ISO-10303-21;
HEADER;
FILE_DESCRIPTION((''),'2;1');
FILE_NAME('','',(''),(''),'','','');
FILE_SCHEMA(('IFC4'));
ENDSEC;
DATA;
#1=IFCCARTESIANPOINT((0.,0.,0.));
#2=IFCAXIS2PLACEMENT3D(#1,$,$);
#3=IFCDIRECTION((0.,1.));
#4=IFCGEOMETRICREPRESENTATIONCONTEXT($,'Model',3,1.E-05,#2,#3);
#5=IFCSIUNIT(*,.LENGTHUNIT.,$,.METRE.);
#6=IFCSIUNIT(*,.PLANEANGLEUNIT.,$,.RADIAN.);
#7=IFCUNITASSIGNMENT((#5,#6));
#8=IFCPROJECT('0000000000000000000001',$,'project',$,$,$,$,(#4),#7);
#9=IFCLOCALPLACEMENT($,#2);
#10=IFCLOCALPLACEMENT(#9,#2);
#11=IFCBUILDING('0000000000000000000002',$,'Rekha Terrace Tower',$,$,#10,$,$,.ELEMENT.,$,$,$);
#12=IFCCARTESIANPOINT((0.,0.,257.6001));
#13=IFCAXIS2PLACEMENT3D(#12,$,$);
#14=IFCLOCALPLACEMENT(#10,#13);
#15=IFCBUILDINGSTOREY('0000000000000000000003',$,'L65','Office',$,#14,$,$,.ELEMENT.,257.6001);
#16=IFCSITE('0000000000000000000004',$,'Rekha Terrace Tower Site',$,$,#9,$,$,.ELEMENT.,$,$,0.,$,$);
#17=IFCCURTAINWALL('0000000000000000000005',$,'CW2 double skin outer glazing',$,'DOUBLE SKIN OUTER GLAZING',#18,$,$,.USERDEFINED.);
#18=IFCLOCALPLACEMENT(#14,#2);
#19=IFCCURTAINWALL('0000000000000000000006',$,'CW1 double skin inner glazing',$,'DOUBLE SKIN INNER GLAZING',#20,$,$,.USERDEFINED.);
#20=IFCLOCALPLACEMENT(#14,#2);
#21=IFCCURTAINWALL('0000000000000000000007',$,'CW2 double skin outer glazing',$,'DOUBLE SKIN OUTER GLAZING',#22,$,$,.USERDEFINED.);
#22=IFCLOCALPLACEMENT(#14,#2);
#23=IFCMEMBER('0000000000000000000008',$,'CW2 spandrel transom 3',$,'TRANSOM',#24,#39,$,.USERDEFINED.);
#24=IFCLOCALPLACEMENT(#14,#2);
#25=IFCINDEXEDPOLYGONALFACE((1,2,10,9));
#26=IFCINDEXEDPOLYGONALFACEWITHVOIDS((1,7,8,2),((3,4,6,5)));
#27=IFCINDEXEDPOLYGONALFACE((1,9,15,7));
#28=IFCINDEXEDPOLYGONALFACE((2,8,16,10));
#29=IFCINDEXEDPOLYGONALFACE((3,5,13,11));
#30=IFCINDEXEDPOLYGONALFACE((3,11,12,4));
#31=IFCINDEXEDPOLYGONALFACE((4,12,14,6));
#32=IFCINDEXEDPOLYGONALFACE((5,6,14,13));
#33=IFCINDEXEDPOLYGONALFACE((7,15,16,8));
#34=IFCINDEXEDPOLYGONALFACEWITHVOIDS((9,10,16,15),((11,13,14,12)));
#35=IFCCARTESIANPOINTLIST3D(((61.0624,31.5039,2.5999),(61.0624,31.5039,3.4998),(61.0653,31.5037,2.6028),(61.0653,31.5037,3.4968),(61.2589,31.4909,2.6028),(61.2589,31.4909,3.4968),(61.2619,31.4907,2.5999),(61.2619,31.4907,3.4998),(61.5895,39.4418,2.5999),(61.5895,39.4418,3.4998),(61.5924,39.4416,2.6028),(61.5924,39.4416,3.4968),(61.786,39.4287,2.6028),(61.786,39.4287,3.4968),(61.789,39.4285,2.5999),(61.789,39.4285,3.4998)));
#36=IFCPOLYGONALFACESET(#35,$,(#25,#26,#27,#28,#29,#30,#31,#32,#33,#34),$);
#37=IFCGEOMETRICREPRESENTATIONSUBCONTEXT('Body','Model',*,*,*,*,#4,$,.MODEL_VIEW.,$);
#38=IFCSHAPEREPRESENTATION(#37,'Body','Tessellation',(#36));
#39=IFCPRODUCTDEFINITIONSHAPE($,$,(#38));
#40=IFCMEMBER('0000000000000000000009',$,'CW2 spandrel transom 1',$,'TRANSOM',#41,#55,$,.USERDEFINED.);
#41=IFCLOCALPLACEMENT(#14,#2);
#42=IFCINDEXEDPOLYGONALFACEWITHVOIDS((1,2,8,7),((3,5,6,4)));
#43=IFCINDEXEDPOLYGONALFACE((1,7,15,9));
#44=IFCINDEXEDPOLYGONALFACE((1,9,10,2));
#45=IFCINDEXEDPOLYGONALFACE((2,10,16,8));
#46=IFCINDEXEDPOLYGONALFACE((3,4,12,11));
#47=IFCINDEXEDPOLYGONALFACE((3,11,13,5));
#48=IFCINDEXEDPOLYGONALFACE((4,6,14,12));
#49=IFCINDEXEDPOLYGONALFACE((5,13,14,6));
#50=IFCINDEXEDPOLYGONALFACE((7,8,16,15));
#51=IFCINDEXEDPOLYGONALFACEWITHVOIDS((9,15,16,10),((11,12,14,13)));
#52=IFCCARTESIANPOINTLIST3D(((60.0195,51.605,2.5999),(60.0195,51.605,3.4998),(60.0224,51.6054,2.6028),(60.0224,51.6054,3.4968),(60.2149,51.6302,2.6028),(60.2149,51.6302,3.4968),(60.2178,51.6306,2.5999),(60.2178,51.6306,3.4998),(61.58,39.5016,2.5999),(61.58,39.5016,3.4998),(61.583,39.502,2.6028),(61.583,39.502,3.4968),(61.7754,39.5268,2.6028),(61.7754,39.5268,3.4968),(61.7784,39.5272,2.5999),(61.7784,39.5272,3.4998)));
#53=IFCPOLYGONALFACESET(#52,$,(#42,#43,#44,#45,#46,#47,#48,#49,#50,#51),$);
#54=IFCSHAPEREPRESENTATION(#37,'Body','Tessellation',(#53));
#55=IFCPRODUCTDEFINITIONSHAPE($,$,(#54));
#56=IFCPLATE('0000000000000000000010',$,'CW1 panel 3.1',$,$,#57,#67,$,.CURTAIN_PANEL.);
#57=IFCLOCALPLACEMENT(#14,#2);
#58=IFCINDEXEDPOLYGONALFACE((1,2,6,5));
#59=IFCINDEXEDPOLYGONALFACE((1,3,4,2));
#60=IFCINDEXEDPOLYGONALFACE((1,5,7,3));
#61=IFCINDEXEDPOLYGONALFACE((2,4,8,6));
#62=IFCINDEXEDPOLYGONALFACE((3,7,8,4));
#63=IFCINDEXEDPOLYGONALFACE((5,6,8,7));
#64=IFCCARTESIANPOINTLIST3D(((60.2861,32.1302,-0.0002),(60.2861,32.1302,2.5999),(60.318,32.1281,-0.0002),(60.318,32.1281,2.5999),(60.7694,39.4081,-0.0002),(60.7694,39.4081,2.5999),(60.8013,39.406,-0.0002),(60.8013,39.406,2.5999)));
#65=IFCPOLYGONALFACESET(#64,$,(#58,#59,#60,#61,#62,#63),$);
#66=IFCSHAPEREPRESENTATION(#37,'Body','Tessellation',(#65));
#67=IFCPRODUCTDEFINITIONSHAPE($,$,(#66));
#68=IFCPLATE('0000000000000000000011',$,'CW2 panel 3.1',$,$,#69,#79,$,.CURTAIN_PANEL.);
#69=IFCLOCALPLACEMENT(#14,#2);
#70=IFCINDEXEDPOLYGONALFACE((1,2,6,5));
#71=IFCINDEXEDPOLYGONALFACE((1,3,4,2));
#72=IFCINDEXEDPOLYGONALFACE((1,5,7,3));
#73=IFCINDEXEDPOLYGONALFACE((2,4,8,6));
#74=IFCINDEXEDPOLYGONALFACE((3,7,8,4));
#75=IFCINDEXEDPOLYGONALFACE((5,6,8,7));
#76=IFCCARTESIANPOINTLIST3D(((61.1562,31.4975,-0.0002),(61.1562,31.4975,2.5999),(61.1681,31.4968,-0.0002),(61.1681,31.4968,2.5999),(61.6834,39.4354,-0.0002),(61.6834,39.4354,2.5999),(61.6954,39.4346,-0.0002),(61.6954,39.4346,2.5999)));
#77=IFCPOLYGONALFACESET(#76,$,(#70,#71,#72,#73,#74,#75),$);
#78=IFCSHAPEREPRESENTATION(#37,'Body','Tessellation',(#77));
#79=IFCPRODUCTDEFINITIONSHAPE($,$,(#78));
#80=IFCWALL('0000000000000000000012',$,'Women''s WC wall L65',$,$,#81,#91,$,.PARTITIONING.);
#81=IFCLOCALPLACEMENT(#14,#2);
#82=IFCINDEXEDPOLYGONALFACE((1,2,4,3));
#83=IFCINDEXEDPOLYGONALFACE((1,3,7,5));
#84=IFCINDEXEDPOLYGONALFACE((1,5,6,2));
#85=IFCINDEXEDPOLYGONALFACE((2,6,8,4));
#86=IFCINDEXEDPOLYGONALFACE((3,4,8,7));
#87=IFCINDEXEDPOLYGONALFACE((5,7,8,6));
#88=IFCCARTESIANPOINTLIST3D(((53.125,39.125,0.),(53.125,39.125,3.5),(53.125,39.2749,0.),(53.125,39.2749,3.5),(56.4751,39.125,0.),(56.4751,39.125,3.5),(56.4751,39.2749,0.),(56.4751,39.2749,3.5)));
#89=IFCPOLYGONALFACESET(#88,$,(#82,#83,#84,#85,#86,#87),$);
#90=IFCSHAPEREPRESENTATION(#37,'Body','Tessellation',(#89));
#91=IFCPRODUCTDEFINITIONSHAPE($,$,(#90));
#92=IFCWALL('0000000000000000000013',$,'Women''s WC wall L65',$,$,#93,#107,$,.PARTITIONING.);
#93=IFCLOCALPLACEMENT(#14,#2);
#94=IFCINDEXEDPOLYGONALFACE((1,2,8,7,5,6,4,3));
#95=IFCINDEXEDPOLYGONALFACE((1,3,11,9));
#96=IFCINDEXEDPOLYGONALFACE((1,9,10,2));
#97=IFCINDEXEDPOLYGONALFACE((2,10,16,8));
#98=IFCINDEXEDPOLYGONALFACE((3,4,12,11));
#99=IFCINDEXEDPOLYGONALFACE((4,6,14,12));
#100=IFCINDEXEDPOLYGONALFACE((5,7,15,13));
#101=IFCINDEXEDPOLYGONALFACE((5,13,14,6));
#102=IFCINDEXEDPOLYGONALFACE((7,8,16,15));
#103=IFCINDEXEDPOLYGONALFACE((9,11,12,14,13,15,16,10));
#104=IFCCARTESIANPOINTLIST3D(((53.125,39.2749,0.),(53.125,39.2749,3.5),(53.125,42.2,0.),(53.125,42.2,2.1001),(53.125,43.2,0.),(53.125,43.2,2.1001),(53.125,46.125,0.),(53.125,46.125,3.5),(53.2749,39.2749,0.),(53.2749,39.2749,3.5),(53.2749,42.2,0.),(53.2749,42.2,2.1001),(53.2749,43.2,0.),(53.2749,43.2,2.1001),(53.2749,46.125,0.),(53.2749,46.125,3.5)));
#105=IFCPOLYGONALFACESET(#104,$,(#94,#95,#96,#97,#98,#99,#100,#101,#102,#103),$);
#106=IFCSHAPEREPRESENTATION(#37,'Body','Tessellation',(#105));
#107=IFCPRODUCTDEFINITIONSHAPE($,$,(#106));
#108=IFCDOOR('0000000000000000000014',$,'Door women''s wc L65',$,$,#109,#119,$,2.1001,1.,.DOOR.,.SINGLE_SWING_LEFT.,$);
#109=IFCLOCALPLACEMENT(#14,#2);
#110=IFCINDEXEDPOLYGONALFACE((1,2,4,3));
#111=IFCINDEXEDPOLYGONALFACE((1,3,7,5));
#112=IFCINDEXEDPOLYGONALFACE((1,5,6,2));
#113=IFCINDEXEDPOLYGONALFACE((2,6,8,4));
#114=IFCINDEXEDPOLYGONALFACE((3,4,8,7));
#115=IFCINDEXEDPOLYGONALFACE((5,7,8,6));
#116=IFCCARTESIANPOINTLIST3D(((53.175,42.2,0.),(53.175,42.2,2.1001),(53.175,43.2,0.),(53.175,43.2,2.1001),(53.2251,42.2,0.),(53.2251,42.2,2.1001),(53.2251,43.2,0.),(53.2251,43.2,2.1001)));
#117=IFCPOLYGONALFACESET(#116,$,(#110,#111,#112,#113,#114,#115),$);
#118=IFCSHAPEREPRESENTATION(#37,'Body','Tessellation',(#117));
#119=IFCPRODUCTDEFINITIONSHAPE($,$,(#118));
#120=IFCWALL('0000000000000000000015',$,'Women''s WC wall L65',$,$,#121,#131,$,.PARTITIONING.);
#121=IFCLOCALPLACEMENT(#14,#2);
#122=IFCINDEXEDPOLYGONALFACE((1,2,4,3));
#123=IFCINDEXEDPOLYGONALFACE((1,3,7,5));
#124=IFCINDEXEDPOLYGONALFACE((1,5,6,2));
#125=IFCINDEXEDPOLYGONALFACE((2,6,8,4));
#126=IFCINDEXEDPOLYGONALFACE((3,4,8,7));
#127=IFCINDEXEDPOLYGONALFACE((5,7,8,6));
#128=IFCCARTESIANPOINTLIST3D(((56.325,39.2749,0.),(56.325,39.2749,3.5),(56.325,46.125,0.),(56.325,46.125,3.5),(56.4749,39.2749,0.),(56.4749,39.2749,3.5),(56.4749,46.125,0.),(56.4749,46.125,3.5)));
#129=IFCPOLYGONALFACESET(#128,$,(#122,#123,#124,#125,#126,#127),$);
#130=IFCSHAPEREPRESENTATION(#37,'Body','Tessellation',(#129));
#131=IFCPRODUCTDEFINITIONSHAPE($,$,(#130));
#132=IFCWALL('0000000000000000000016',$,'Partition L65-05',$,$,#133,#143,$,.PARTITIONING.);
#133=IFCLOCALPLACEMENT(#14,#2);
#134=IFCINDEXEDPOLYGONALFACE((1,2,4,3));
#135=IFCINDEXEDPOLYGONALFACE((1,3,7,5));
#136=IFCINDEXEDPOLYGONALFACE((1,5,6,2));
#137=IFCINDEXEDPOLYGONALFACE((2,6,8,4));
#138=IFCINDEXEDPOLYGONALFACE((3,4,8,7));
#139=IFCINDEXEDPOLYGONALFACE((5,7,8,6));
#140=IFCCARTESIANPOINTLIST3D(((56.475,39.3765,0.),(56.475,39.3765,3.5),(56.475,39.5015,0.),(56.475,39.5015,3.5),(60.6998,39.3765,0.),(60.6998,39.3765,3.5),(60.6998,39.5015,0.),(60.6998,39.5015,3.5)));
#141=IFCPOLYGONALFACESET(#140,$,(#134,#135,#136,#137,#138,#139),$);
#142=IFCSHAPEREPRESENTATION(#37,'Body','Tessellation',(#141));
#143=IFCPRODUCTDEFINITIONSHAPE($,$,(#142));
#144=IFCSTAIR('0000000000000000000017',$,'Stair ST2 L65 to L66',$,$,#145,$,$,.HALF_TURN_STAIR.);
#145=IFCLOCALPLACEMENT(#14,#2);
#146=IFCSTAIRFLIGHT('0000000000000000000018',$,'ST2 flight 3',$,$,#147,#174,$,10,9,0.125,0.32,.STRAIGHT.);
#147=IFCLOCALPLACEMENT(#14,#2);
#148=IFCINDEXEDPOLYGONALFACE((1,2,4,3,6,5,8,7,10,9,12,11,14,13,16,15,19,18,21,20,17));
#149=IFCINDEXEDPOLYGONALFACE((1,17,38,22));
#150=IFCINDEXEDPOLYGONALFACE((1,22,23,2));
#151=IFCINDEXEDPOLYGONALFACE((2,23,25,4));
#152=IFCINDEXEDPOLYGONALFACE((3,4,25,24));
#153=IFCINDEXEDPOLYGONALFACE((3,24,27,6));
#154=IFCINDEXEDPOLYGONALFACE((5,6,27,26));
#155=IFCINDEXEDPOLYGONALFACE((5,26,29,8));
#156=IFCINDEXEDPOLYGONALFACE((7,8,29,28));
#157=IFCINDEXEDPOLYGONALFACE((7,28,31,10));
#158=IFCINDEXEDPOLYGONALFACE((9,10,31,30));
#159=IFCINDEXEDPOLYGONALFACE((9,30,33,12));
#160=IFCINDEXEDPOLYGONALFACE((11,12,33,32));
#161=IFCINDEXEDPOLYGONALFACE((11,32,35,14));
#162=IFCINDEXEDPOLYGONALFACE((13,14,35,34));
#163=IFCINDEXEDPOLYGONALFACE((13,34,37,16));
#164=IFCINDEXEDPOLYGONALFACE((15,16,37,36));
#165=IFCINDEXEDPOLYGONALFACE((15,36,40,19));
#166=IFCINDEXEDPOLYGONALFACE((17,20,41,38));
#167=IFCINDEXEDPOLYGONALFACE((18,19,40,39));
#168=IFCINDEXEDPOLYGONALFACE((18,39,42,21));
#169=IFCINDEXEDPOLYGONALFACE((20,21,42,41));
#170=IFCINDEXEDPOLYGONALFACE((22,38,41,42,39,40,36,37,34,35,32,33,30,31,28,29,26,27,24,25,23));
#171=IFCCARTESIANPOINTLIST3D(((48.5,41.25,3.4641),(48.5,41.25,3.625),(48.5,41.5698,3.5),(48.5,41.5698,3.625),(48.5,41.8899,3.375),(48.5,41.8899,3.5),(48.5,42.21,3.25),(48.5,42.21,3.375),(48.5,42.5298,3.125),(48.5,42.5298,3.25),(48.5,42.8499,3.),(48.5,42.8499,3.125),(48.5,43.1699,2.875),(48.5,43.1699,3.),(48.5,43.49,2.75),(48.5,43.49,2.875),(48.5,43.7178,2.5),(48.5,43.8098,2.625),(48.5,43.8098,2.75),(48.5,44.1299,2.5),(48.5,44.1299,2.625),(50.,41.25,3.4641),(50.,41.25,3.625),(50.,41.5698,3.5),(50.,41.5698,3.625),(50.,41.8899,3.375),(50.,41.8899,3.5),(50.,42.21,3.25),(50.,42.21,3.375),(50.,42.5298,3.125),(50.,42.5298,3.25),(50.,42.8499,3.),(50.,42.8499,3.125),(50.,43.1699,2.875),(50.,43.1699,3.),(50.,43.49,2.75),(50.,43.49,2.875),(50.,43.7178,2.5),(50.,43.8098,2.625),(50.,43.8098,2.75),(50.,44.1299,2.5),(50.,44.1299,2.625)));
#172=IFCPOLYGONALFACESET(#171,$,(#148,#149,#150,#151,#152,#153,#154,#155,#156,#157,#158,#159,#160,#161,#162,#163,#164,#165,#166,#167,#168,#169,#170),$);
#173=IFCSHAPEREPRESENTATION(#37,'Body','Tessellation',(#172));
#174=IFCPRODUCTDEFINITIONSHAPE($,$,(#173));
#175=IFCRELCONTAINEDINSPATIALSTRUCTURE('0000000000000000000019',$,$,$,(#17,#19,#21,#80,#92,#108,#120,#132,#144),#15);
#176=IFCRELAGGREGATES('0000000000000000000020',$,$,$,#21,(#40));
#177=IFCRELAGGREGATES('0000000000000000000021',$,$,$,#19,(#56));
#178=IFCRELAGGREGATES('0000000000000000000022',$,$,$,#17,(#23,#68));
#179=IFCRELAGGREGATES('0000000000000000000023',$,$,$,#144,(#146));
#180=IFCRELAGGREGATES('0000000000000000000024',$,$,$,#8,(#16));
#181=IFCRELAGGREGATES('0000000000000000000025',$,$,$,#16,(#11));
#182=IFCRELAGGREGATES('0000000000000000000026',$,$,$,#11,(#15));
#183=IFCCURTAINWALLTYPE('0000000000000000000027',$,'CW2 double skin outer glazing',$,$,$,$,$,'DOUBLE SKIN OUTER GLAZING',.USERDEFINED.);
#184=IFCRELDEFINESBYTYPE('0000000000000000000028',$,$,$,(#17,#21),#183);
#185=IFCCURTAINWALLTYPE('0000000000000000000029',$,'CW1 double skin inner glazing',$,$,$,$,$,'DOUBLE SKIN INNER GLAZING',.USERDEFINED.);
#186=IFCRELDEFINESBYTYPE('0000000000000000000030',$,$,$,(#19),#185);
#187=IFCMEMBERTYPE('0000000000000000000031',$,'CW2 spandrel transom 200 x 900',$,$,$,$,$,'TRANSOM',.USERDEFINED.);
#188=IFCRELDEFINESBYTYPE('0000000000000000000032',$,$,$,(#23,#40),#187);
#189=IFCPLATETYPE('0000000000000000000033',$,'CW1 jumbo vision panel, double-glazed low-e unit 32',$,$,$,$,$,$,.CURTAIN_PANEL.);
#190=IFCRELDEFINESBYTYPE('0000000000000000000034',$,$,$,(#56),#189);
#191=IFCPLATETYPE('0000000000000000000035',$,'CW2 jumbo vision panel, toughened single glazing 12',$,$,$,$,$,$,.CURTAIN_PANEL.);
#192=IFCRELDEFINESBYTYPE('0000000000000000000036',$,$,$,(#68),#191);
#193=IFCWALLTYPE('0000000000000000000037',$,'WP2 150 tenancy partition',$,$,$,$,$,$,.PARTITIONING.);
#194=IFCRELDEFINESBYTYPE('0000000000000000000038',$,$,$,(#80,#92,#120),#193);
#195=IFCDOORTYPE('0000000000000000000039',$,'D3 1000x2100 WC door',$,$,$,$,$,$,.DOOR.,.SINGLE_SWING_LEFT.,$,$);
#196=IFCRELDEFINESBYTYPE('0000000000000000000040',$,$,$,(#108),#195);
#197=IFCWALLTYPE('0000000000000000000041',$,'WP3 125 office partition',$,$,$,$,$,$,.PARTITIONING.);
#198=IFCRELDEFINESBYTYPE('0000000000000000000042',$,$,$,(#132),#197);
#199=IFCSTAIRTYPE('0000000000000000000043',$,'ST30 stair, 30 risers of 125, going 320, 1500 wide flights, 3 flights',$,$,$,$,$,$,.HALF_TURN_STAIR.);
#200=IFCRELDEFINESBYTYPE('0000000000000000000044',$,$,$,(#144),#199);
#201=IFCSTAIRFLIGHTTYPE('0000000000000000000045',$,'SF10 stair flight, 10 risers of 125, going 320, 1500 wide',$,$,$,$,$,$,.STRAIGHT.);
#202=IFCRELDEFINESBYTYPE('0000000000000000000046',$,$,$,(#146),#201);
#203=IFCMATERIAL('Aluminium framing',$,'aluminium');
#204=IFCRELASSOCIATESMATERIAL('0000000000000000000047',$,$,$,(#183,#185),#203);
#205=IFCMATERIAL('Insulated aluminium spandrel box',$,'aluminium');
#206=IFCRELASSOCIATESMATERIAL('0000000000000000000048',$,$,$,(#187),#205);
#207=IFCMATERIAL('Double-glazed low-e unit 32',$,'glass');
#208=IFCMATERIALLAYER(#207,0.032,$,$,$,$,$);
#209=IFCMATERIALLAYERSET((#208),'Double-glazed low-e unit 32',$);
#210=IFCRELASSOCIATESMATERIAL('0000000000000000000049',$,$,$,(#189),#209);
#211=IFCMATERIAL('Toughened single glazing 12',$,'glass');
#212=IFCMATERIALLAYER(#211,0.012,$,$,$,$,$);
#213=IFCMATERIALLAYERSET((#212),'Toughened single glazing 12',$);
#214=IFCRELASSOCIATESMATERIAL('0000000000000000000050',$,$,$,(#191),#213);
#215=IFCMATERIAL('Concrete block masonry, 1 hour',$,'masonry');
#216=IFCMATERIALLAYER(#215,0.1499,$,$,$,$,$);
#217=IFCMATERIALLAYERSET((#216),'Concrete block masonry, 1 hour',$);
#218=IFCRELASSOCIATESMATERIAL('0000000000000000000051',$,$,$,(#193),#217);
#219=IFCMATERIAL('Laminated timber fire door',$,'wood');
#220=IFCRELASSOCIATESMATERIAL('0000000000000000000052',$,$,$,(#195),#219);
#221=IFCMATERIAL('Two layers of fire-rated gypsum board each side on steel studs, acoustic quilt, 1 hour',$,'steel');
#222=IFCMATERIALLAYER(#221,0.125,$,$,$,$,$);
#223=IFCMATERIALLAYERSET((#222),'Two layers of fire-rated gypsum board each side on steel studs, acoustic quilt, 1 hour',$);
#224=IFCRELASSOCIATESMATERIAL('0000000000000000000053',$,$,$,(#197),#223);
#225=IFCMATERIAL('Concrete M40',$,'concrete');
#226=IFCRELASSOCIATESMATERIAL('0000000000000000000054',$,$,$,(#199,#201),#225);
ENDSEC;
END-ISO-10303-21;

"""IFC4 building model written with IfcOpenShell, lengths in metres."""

from ifc_helpers import new_model, si_unit, direction, frame, frame_2d, origin, origin_2d, place, context, subcontext, project, spatial, polyline, rectangle, hollow_rectangle, outline, extrude, material, layer, layer_set, material_profile, profile_set, type_object, element, fill, aggregate, save


model = new_model("IFC4")

# Units and contexts
model_context = context("Model", 3, precision=1e-05, world=origin(), true_north=direction((0.0, 1.0)))
body_context = subcontext(model_context, "Body", "Model", "MODEL_VIEW")
ifc_project = project(units=[si_unit("LENGTHUNIT", "METRE"), si_unit("PLANEANGLEUNIT", "RADIAN")], contexts=[model_context])

# Site, building, storey
site_placement = place(None, origin())
site = spatial("IfcSite", under=ifc_project, at=site_placement, Name="Rekha Terrace Tower Site", CompositionType="ELEMENT", RefElevation=0.0)
building_placement = place(site_placement, origin())
building = spatial("IfcBuilding", under=site, at=building_placement, Name="Rekha Terrace Tower", CompositionType="ELEMENT")
storey_placement = place(building_placement, frame((0.0, 0.0, 257.6001)))
storey = spatial("IfcBuildingStorey", under=building, at=storey_placement, Name="L65", Description="Office", CompositionType="ELEMENT", Elevation=257.6001)

# Curtain walls
ifc_material_1 = material(Name="Aluminium framing", Category="aluminium")
curtain_wall_type_1 = type_object("IfcCurtainWallType", Name="CW2 double skin outer glazing", ElementType="DOUBLE SKIN OUTER GLAZING", PredefinedType="USERDEFINED", material=ifc_material_1)
curtain_wall_1_placement = place(storey_placement, origin())
curtain_wall_1 = element("IfcCurtainWall", 1, at=curtain_wall_1_placement, inside=storey, type_object=curtain_wall_type_1, Name="CW2 double skin outer glazing", ObjectType="DOUBLE SKIN OUTER GLAZING", PredefinedType="USERDEFINED")
curtain_wall_type_2 = type_object("IfcCurtainWallType", Name="CW1 double skin inner glazing", ElementType="DOUBLE SKIN INNER GLAZING", PredefinedType="USERDEFINED", material=ifc_material_1)
curtain_wall_2_placement = place(storey_placement, origin())
curtain_wall_2 = element("IfcCurtainWall", 2, at=curtain_wall_2_placement, inside=storey, type_object=curtain_wall_type_2, Name="CW1 double skin inner glazing", ObjectType="DOUBLE SKIN INNER GLAZING", PredefinedType="USERDEFINED")

# Shared definitions
ifc_material_2 = material(Name="Insulated aluminium spandrel box", Category="aluminium")

# Curtain wall
curtain_wall_3_placement = place(storey_placement, origin())
curtain_wall_3 = element("IfcCurtainWall", 3, at=curtain_wall_3_placement, inside=storey, type_object=curtain_wall_type_1, Name="CW2 double skin outer glazing", ObjectType="DOUBLE SKIN OUTER GLAZING", PredefinedType="USERDEFINED")

# Members
ifc_material_profile_1 = material_profile(ifc_material_2, hollow_rectangle(XDim=0.2, YDim=0.8999, WallThickness=0.0029, at=origin_2d()), Name="AL SPANDREL BOX 200x900")
ifc_profile_set_1 = profile_set([ifc_material_profile_1], Name="Insulated aluminium spandrel box")
member_type_1 = type_object("IfcMemberType", Name="CW2 spandrel transom 200 x 900", ElementType="TRANSOM", PredefinedType="USERDEFINED", material=ifc_profile_set_1)
member_1_placement = place(storey_placement, frame((61.1621, 31.4973, 3.0498), z_axis=(0.066258, 0.997803, 0.0), x_axis=(-0.997803, 0.066258, 0.0)))
member_1 = element("IfcMember", 4, at=member_1_placement, type_object=member_type_1, Name="CW2 spandrel transom 3", ObjectType="TRANSOM", PredefinedType="USERDEFINED", context=body_context, shape_type="SweptSolid", body=[
    extrude(hollow_rectangle(XDim=0.2, YDim=0.8999, WallThickness=0.0029, at=origin_2d()), origin(), (0.0, 0.0, 1.0), 7.9553),
])
member_2_placement = place(storey_placement, frame((61.6792, 39.5144, 3.0498), z_axis=(-0.127875, 0.99179, 0.0), x_axis=(-0.99179, -0.127875, 0.0)))
member_2 = element("IfcMember", 5, at=member_2_placement, type_object=member_type_1, Name="CW2 spandrel transom 1", ObjectType="TRANSOM", PredefinedType="USERDEFINED", context=body_context, shape_type="SweptSolid", body=[
    extrude(hollow_rectangle(XDim=0.2, YDim=0.8999, WallThickness=0.0029, at=origin_2d()), origin(), (0.0, 0.0, 1.0), 12.2036),
])
aggregate(curtain_wall_3, [member_2])

# Plates
ifc_material_3 = material(Name="Double-glazed low-e unit 32", Category="glass")
ifc_layer_1 = layer(ifc_material_3, 0.032)
ifc_layer_set_1 = layer_set([ifc_layer_1], Name="Double-glazed low-e unit 32")
plate_type_1 = type_object("IfcPlateType", Name="CW1 jumbo vision panel, double-glazed low-e unit 32", PredefinedType="CURTAIN_PANEL", material=ifc_layer_set_1)
plate_1_placement = place(storey_placement, frame((60.5437, 35.7681, -0.0002), z_axis=(0.0, 0.0, 1.0), x_axis=(0.066272, 0.997802, 0.0)))
plate_1 = element("IfcPlate", 6, at=plate_1_placement, type_object=plate_type_1, Name="CW1 panel 3.1", PredefinedType="CURTAIN_PANEL", context=body_context, shape_type="SweptSolid", body=[
    extrude(rectangle(XDim=7.2939, YDim=0.032, at=origin_2d()), origin(), (0.0, 0.0, 1.0), 2.6001),
])
aggregate(curtain_wall_2, [plate_1])
ifc_material_4 = material(Name="Toughened single glazing 12", Category="glass")
ifc_layer_2 = layer(ifc_material_4, 0.012)
ifc_layer_set_2 = layer_set([ifc_layer_2], Name="Toughened single glazing 12")
plate_type_2 = type_object("IfcPlateType", Name="CW2 jumbo vision panel, toughened single glazing 12", PredefinedType="CURTAIN_PANEL", material=ifc_layer_set_2)
plate_2_placement = place(storey_placement, frame((61.4258, 35.4661, -0.0002), z_axis=(0.0, 0.0, 1.0), x_axis=(0.066272, 0.997802, 0.0)))
plate_2 = element("IfcPlate", 7, at=plate_2_placement, type_object=plate_type_2, Name="CW2 panel 3.1", PredefinedType="CURTAIN_PANEL", context=body_context, shape_type="SweptSolid", body=[
    extrude(rectangle(XDim=7.9553, YDim=0.012, at=origin_2d()), origin(), (0.0, 0.0, 1.0), 2.6001),
])
aggregate(curtain_wall_1, [member_1, plate_2])

# Wall
ifc_material_5 = material(Name="Concrete block masonry, 1 hour", Category="masonry")
ifc_layer_3 = layer(ifc_material_5, 0.1499)
ifc_layer_set_3 = layer_set([ifc_layer_3], Name="Concrete block masonry, 1 hour")
wall_type_1 = type_object("IfcWallType", Name="WP2 150 tenancy partition", PredefinedType="PARTITIONING", material=ifc_layer_set_3)
wall_1_placement = place(storey_placement, frame((53.125, 39.2, 0.0), z_axis=(0.0, 0.0, 1.0), x_axis=(1.0, 0.0, 0.0)))
element("IfcWall", 8, at=wall_1_placement, inside=storey, type_object=wall_type_1, Name="Women's WC wall L65", PredefinedType="PARTITIONING", context=body_context, shape_type="SweptSolid", body=[
    extrude(rectangle(XDim=3.3501, YDim=0.1499, at=frame_2d((1.675, 0.0))), origin(), (0.0, 0.0, 1.0), 3.5),
])

# Wall, opening, door
wall_2_placement = place(storey_placement, frame((53.2, 39.2749, 0.0), z_axis=(0.0, 0.0, 1.0), x_axis=(0.0, 1.0, 0.0)))
wall_2 = element("IfcWall", 9, at=wall_2_placement, inside=storey, type_object=wall_type_1, Name="Women's WC wall L65", PredefinedType="PARTITIONING", context=body_context, shape_type="SweptSolid", body=[
    extrude(rectangle(XDim=6.8501, YDim=0.1499, at=frame_2d((3.425, 0.0))), origin(), (0.0, 0.0, 1.0), 3.5),
])
opening_placement = place(wall_2_placement, frame((2.925, 0.0, 0.0)))
opening = element("IfcOpeningElement", 10, at=opening_placement, cuts=wall_2, PredefinedType="OPENING", context=body_context, shape_type="SweptSolid", body=[
    extrude(rectangle(XDim=1.0, YDim=2.1001, at=frame_2d((0.5, 1.05))), frame((0.0, 0.085, 0.0), z_axis=(0.0, -1.0, 0.0), x_axis=(1.0, 0.0, 0.0)), (0.0, 0.0, 1.0), 0.1699),
])
ifc_material_6 = material(Name="Laminated timber fire door", Category="wood")
door_type = type_object("IfcDoorType", Name="D3 1000x2100 WC door", OperationType="SINGLE_SWING_LEFT", PredefinedType="DOOR", material=ifc_material_6)
door_placement = place(opening_placement, origin())
door = element("IfcDoor", 11, at=door_placement, inside=storey, type_object=door_type, Name="Door women's wc L65", OperationType="SINGLE_SWING_LEFT", OverallHeight=2.1001, OverallWidth=1.0, PredefinedType="DOOR", context=body_context, shape_type="SweptSolid", body=[
    extrude(rectangle(XDim=1.0, YDim=2.1001, at=frame_2d((0.5, 1.05))), frame((0.0, 0.0249, 0.0), z_axis=(0.0, -1.0, 0.0), x_axis=(1.0, 0.0, 0.0)), (0.0, 0.0, 1.0), 0.05),
])
fill(opening, door)

# Walls
wall_3_placement = place(storey_placement, frame((56.3999, 39.2749, 0.0), z_axis=(0.0, 0.0, 1.0), x_axis=(0.0, 1.0, 0.0)))
element("IfcWall", 12, at=wall_3_placement, inside=storey, type_object=wall_type_1, Name="Women's WC wall L65", PredefinedType="PARTITIONING", context=body_context, shape_type="SweptSolid", body=[
    extrude(rectangle(XDim=6.8501, YDim=0.1499, at=frame_2d((3.425, 0.0))), origin(), (0.0, 0.0, 1.0), 3.5),
])
ifc_material_7 = material(Name="Two layers of fire-rated gypsum board each side on steel studs, acoustic quilt, 1 hour", Category="steel")
ifc_layer_4 = layer(ifc_material_7, 0.125)
ifc_layer_set_4 = layer_set([ifc_layer_4], Name="Two layers of fire-rated gypsum board each side on steel studs, acoustic quilt, 1 hour")
wall_type_2 = type_object("IfcWallType", Name="WP3 125 office partition", PredefinedType="PARTITIONING", material=ifc_layer_set_4)
wall_4_placement = place(storey_placement, frame((56.4751, 39.439, 0.0), z_axis=(0.0, 0.0, 1.0), x_axis=(1.0, 0.0, 0.0)))
element("IfcWall", 13, at=wall_4_placement, inside=storey, type_object=wall_type_2, Name="Partition L65-05", PredefinedType="PARTITIONING", context=body_context, shape_type="SweptSolid", body=[
    extrude(rectangle(XDim=4.2249, YDim=0.125, at=frame_2d((2.1123, 0.0))), origin(), (0.0, 0.0, 1.0), 3.5),
])

# Stair, stair flight
ifc_material_8 = material(Name="Concrete M40", Category="concrete")
stair_type = type_object("IfcStairType", Name="ST30 stair, 30 risers of 125, going 320, 1500 wide flights, 3 flights", PredefinedType="HALF_TURN_STAIR", material=ifc_material_8)
stair_placement = place(storey_placement, origin())
stair = element("IfcStair", 14, at=stair_placement, inside=storey, type_object=stair_type, Name="Stair ST2 L65 to L66", PredefinedType="HALF_TURN_STAIR")
stair_flight_type = type_object("IfcStairFlightType", Name="SF10 stair flight, 10 risers of 125, going 320, 1500 wide", PredefinedType="STRAIGHT", material=ifc_material_8)
stair_flight_placement = place(storey_placement, frame((49.25, 44.1299, 2.5), z_axis=(0.0, 0.0, 1.0), x_axis=(0.0, -1.0, 0.0)))
stair_flight = element("IfcStairFlight", 15, at=stair_flight_placement, type_object=stair_flight_type, Name="ST2 flight 3", NumberOfRisers=10, NumberOfTreads=9, PredefinedType="STRAIGHT", RiserHeight=0.125, TreadLength=0.32, context=body_context, shape_type="SweptSolid", body=[
    extrude(outline(polyline([(0.0, 0.0), (0.0, 0.125), (0.3201, 0.125), (0.3201, 0.25), (0.6399, 0.25), (0.6399, 0.375), (0.96, 0.375), (0.96, 0.5), (1.28, 0.5), (1.28, 0.625), (1.6001, 0.625), (1.6001, 0.75), (1.9199, 0.75), (1.9199, 0.875), (2.24, 0.875), (2.24, 1.0), (2.5601, 1.0), (2.5601, 1.125), (2.8799, 1.125), (2.8799, 1.25), (2.8799, 0.9641), (0.4121, 0.0), (0.0, 0.0)])), frame((0.0, 0.75, 0.0), z_axis=(0.0, -1.0, 0.0), x_axis=(1.0, 0.0, 0.0)), (0.0, 0.0, 1.0), 1.5),
])
aggregate(stair, [stair_flight])

save(model, "model.ifc")
